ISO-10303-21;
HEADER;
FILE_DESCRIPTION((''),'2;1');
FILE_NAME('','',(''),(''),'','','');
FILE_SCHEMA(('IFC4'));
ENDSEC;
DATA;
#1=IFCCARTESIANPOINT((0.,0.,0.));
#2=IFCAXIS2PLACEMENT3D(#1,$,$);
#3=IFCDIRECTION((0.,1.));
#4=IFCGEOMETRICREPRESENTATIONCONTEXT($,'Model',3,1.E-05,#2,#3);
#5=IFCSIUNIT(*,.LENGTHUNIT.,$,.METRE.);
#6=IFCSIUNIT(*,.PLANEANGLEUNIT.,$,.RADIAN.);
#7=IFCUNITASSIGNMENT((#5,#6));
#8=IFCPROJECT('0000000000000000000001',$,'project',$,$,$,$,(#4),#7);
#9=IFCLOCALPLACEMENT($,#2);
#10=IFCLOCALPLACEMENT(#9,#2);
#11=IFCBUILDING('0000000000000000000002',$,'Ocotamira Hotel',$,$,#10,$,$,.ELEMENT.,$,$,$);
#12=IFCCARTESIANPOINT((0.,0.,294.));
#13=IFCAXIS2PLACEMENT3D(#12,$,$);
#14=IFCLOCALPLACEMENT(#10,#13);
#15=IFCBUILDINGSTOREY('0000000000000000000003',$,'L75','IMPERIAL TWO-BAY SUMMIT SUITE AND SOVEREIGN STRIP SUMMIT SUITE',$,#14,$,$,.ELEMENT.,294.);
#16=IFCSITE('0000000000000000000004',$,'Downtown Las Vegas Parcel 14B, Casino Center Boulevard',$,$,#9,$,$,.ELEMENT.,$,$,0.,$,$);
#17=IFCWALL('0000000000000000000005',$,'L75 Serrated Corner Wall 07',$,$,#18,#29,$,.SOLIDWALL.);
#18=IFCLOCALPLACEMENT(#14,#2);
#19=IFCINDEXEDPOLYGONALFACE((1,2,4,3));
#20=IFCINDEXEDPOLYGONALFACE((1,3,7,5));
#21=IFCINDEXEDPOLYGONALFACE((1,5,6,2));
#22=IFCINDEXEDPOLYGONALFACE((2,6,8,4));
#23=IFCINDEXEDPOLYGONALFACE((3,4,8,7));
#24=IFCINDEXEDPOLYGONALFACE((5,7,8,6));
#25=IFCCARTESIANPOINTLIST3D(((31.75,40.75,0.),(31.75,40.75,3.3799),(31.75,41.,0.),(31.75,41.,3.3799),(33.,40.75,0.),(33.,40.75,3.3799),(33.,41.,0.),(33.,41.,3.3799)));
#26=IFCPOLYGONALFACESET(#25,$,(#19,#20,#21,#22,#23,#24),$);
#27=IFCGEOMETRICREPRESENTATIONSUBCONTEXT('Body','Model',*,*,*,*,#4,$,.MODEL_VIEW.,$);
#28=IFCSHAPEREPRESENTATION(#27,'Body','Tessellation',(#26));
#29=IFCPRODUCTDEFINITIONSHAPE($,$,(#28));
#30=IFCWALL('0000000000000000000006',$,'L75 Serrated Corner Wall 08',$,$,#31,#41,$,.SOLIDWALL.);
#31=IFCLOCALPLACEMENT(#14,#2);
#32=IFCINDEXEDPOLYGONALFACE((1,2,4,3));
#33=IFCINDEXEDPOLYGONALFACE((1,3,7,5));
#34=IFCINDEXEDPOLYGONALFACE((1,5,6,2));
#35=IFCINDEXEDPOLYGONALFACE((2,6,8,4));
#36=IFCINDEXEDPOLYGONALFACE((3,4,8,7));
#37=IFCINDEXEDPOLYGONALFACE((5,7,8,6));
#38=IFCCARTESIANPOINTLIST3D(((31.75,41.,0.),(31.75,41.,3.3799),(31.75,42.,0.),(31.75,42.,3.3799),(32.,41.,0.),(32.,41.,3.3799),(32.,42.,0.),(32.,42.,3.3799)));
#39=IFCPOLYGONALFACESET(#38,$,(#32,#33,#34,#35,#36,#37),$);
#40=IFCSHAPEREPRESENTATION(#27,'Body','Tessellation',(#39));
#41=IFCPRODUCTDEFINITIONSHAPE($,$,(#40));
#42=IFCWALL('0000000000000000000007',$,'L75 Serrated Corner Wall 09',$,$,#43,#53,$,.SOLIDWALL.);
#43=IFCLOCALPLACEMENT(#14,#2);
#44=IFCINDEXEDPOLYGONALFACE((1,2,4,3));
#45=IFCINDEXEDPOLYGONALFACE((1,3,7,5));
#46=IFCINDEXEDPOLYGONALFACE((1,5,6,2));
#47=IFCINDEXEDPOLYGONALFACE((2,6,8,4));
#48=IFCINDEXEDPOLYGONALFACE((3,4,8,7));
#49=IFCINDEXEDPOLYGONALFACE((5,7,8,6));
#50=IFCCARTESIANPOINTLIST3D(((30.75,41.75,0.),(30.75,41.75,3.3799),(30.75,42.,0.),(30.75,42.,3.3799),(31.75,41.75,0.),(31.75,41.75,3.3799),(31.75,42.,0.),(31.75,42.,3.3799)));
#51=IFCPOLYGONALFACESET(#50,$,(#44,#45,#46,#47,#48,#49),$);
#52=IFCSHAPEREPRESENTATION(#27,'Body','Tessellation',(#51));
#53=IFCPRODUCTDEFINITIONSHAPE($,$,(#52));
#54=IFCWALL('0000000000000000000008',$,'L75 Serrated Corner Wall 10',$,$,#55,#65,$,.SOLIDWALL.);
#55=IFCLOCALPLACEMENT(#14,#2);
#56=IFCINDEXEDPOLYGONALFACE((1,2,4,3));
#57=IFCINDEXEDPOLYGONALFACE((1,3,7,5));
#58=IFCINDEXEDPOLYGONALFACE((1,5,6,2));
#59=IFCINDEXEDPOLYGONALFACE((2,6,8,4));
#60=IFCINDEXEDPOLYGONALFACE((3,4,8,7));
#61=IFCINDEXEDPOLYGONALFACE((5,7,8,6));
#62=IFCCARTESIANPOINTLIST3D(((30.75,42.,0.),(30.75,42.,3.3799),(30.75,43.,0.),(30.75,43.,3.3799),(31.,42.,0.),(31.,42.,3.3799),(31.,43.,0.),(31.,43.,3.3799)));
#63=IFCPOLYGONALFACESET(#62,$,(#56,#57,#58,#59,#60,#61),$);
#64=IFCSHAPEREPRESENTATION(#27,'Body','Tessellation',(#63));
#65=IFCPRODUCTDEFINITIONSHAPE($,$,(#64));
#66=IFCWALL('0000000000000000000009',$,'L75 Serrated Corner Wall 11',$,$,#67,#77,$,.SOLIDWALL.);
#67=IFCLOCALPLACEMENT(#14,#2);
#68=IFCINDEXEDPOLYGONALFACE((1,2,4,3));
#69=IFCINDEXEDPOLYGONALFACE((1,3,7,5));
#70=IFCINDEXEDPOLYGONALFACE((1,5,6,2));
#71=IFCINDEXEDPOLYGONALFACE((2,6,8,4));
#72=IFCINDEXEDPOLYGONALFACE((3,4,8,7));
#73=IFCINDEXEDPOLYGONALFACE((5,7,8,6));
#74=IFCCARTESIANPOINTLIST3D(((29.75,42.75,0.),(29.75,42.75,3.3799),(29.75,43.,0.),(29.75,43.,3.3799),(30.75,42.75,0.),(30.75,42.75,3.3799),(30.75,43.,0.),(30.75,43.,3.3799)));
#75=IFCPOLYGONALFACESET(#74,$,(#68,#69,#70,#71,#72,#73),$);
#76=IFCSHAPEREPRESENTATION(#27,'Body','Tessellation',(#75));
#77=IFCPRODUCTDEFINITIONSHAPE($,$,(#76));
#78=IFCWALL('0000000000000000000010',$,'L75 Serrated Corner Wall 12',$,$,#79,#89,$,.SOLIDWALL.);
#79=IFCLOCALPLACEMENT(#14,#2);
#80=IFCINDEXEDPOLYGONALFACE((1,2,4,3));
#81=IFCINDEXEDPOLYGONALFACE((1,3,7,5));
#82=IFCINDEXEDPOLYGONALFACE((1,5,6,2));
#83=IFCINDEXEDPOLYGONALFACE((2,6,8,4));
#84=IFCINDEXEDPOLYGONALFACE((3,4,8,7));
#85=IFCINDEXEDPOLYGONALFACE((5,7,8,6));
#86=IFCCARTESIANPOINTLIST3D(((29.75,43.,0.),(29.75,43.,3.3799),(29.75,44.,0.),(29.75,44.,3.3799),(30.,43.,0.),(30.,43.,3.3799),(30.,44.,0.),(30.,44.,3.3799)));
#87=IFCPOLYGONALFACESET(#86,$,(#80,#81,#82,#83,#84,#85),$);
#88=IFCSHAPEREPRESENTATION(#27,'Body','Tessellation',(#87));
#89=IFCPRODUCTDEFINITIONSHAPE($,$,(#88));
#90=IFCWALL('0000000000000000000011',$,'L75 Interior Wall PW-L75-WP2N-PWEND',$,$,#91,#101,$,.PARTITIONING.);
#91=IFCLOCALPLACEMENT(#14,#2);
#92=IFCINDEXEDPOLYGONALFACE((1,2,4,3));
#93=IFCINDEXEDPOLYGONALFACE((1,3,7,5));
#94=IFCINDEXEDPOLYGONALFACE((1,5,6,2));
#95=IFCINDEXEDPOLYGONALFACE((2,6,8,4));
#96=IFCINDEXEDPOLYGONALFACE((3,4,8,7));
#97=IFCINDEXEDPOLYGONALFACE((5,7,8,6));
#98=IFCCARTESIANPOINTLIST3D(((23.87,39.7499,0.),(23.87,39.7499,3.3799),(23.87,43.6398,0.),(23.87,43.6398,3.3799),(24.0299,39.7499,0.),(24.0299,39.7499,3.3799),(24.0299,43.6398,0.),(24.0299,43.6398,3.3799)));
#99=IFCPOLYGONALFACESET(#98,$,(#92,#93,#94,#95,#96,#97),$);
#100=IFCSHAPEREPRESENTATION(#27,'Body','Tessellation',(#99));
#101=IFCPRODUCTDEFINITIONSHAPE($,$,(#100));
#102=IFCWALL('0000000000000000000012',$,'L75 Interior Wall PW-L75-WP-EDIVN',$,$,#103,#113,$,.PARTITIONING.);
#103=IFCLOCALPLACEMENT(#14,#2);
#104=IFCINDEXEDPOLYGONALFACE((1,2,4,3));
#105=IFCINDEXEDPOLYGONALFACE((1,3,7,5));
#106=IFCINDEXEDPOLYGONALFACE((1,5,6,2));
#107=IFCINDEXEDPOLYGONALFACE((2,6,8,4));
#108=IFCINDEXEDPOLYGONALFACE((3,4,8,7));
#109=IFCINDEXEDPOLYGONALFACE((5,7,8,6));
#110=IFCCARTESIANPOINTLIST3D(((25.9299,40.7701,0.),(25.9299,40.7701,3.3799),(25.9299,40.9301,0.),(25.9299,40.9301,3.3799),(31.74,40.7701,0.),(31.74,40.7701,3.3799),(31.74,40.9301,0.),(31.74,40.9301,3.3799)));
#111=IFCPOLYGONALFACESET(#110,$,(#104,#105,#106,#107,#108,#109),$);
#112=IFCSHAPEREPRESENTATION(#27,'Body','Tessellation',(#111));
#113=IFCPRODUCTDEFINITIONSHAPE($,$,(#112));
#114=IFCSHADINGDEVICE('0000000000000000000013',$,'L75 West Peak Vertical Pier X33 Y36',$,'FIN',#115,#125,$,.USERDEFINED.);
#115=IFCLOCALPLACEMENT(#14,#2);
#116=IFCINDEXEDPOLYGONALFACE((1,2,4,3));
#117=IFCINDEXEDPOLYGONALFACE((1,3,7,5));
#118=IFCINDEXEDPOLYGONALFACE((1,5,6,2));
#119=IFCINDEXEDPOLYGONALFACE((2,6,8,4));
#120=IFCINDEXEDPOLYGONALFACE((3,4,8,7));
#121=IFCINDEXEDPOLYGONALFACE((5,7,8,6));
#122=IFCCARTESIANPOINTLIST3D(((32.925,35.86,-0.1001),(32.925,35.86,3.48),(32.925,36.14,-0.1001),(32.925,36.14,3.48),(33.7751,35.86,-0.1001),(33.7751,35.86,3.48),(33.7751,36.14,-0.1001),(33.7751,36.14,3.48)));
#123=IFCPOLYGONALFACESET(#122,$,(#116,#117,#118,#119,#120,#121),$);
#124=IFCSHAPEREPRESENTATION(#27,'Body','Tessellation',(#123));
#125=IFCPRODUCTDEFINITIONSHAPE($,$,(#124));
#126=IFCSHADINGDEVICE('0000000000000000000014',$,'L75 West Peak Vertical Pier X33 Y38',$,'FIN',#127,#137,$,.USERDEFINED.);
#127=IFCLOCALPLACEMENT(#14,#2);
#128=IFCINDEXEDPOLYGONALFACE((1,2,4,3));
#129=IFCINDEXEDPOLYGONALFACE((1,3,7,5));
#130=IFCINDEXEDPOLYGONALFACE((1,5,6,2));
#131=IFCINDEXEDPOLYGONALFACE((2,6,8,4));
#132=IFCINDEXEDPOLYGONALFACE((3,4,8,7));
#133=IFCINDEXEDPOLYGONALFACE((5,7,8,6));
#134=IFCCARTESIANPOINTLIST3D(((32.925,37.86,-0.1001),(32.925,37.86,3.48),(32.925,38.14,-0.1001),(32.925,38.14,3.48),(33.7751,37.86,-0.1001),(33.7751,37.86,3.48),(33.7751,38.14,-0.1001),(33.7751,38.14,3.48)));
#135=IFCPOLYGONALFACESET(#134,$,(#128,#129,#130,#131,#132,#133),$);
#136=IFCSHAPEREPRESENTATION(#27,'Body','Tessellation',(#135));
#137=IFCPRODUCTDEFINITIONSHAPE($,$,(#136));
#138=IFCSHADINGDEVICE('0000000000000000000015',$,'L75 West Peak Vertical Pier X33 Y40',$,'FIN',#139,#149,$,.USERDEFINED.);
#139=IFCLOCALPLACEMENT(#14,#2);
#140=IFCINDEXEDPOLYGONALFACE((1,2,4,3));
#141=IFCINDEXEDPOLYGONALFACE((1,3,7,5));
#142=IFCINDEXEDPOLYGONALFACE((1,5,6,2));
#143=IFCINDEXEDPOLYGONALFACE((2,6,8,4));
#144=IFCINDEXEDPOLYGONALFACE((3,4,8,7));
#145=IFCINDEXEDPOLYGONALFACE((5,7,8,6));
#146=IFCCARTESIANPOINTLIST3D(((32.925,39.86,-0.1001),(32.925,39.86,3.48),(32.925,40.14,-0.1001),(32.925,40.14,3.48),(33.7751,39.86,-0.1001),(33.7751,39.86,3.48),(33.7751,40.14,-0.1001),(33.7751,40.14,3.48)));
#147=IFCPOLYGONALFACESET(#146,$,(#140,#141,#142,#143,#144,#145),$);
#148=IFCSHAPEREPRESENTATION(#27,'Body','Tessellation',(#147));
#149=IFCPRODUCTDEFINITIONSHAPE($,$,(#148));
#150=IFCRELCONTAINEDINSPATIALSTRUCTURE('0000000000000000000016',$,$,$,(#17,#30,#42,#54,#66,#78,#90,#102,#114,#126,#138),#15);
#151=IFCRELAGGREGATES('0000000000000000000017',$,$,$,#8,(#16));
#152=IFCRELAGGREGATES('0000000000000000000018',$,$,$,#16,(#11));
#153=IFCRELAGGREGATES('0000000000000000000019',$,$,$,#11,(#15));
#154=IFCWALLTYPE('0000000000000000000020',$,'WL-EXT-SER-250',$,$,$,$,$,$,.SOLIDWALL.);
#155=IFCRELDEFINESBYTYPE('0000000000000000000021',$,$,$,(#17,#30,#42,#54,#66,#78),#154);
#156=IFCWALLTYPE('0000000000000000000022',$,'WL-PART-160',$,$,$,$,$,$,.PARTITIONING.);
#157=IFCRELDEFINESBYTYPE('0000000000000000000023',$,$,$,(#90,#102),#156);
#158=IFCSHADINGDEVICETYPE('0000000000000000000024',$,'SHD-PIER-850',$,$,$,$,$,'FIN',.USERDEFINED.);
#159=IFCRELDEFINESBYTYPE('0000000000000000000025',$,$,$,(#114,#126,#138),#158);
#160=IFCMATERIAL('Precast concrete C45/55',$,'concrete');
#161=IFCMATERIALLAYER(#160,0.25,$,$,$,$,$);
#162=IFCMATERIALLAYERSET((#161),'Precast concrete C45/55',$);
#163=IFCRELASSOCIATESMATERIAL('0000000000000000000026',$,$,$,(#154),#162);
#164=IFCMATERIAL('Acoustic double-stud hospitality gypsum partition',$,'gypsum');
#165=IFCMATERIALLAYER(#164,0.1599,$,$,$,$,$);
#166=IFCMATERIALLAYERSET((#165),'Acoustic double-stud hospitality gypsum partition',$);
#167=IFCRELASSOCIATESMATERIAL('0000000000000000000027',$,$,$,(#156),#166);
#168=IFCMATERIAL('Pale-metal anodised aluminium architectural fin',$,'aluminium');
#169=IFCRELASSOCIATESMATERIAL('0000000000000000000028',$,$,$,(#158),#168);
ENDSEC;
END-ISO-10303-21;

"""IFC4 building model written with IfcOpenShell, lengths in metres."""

from ifc_helpers import new_model, si_unit, direction, frame, frame_2d, origin, origin_2d, place, context, subcontext, project, spatial, rectangle, extrude, source, transform, mapped, material, layer, layer_set, type_object, element, save


model = new_model("IFC4")

# Units and contexts
model_context = context("Model", 3, precision=1e-05, world=origin(), true_north=direction((0.0, 1.0)))
body_context = subcontext(model_context, "Body", "Model", "MODEL_VIEW")
ifc_project = project(units=[si_unit("LENGTHUNIT", "METRE"), si_unit("PLANEANGLEUNIT", "RADIAN")], contexts=[model_context])

# Site, building, storey
site_placement = place(None, origin())
site = spatial("IfcSite", under=ifc_project, at=site_placement, Name="Downtown Las Vegas Parcel 14B, Casino Center Boulevard", CompositionType="ELEMENT", RefElevation=0.0)
building_placement = place(site_placement, origin())
building = spatial("IfcBuilding", under=site, at=building_placement, Name="Ocotamira Hotel", CompositionType="ELEMENT")
storey_placement = place(building_placement, frame((0.0, 0.0, 294.0)))
storey = spatial("IfcBuildingStorey", under=building, at=storey_placement, Name="L75", Description="IMPERIAL TWO-BAY SUMMIT SUITE AND SOVEREIGN STRIP SUMMIT SUITE", CompositionType="ELEMENT", Elevation=294.0)

# Walls
ifc_material_1 = material(Name="Precast concrete C45/55", Category="concrete")
ifc_layer_1 = layer(ifc_material_1, 0.25)
ifc_layer_set_1 = layer_set([ifc_layer_1], Name="Precast concrete C45/55")
wall_type_1 = type_object("IfcWallType", Name="WL-EXT-SER-250", PredefinedType="SOLIDWALL", material=ifc_layer_set_1)
wall_1_placement = place(storey_placement, frame((33.0, 40.875, 0.0), z_axis=(0.0, 0.0, 1.0), x_axis=(-1.0, 0.0, 0.0)))
element("IfcWall", 1, at=wall_1_placement, inside=storey, type_object=wall_type_1, Name="L75 Serrated Corner Wall 07", PredefinedType="SOLIDWALL", context=body_context, shape_type="SweptSolid", body=[
    extrude(rectangle(XDim=1.25, YDim=0.25, at=frame_2d((0.625, 0.0))), origin(), (0.0, 0.0, 1.0), 3.3799),
])
for number, where, z_axis, x_axis, name in (
    (2, (31.875, 41.0, 0.0), (0.0, 0.0, 1.0), (0.0, 1.0, 0.0), "L75 Serrated Corner Wall 08"),
    (3, (31.75, 41.875, 0.0), (0.0, 0.0, 1.0), (-1.0, 0.0, 0.0), "L75 Serrated Corner Wall 09"),
    (4, (30.875, 42.0, 0.0), (0.0, 0.0, 1.0), (0.0, 1.0, 0.0), "L75 Serrated Corner Wall 10"),
    (5, (30.75, 42.875, 0.0), (0.0, 0.0, 1.0), (-1.0, 0.0, 0.0), "L75 Serrated Corner Wall 11"),
    (6, (29.875, 43.0, 0.0), (0.0, 0.0, 1.0), (0.0, 1.0, 0.0), "L75 Serrated Corner Wall 12"),
):
    element("IfcWall", number, at=place(storey_placement, frame(where, z_axis=z_axis, x_axis=x_axis)), inside=storey, type_object=wall_type_1, Name=name, PredefinedType="SOLIDWALL", context=body_context, shape_type="SweptSolid", body=[
        extrude(rectangle(XDim=1.0, YDim=0.25, at=frame_2d((0.5, 0.0))), origin(), (0.0, 0.0, 1.0), 3.3799),
    ])
ifc_material_2 = material(Name="Acoustic double-stud hospitality gypsum partition", Category="gypsum")
ifc_layer_2 = layer(ifc_material_2, 0.1599)
ifc_layer_set_2 = layer_set([ifc_layer_2], Name="Acoustic double-stud hospitality gypsum partition")
wall_type_2 = type_object("IfcWallType", Name="WL-PART-160", PredefinedType="PARTITIONING", material=ifc_layer_set_2)
wall_2_placement = place(storey_placement, frame((23.95, 39.75, 0.0), z_axis=(0.0, 0.0, 1.0), x_axis=(0.0, 1.0, 0.0)))
element("IfcWall", 7, at=wall_2_placement, inside=storey, type_object=wall_type_2, Name="L75 Interior Wall PW-L75-WP2N-PWEND", PredefinedType="PARTITIONING", context=body_context, shape_type="SweptSolid", body=[
    extrude(rectangle(XDim=3.8899, YDim=0.1599, at=frame_2d((1.9448, 0.0))), origin(), (0.0, 0.0, 1.0), 3.3799),
])
wall_3_placement = place(storey_placement, frame((25.9299, 40.8501, 0.0), z_axis=(0.0, 0.0, 1.0), x_axis=(1.0, 0.0, 0.0)))
element("IfcWall", 8, at=wall_3_placement, inside=storey, type_object=wall_type_2, Name="L75 Interior Wall PW-L75-WP-EDIVN", PredefinedType="PARTITIONING", context=body_context, shape_type="SweptSolid", body=[
    extrude(rectangle(XDim=5.8101, YDim=0.1599, at=frame_2d((2.905, 0.0))), origin(), (0.0, 0.0, 1.0), 3.3799),
])

# Shading devices
ifc_material_3 = material(Name="Pale-metal anodised aluminium architectural fin", Category="aluminium")
shading_device_type = type_object("IfcShadingDeviceType", Name="SHD-PIER-850", ElementType="FIN", PredefinedType="USERDEFINED", material=ifc_material_3)
shared_shape_1 = source(origin(), body_context, "Body", "SweptSolid", [
    extrude(rectangle(XDim=0.8501, YDim=0.28, at=origin_2d()), origin(), (0.0, 0.0, 1.0), 3.5801),
])
for number, where, z_axis, x_axis, name in (
    (9, (33.3501, 36.0, -0.1001), (0.0, 0.0, 1.0), (1.0, 0.0, 0.0), "L75 West Peak Vertical Pier X33 Y36"),
    (10, (33.3501, 38.0, -0.1001), (0.0, 0.0, 1.0), (1.0, 0.0, 0.0), "L75 West Peak Vertical Pier X33 Y38"),
    (11, (33.3501, 40.0, -0.1001), (0.0, 0.0, 1.0), (1.0, 0.0, 0.0), "L75 West Peak Vertical Pier X33 Y40"),
):
    element("IfcShadingDevice", number, at=place(storey_placement, frame(where, z_axis=z_axis, x_axis=x_axis)), inside=storey, type_object=shading_device_type, Name=name, ObjectType="FIN", PredefinedType="USERDEFINED", context=body_context, shape_type="MappedRepresentation", body=[
        mapped(shared_shape_1, transform((0.0, 0.0, 0.0), scale=1.0)),
    ])

save(model, "model.ifc")
